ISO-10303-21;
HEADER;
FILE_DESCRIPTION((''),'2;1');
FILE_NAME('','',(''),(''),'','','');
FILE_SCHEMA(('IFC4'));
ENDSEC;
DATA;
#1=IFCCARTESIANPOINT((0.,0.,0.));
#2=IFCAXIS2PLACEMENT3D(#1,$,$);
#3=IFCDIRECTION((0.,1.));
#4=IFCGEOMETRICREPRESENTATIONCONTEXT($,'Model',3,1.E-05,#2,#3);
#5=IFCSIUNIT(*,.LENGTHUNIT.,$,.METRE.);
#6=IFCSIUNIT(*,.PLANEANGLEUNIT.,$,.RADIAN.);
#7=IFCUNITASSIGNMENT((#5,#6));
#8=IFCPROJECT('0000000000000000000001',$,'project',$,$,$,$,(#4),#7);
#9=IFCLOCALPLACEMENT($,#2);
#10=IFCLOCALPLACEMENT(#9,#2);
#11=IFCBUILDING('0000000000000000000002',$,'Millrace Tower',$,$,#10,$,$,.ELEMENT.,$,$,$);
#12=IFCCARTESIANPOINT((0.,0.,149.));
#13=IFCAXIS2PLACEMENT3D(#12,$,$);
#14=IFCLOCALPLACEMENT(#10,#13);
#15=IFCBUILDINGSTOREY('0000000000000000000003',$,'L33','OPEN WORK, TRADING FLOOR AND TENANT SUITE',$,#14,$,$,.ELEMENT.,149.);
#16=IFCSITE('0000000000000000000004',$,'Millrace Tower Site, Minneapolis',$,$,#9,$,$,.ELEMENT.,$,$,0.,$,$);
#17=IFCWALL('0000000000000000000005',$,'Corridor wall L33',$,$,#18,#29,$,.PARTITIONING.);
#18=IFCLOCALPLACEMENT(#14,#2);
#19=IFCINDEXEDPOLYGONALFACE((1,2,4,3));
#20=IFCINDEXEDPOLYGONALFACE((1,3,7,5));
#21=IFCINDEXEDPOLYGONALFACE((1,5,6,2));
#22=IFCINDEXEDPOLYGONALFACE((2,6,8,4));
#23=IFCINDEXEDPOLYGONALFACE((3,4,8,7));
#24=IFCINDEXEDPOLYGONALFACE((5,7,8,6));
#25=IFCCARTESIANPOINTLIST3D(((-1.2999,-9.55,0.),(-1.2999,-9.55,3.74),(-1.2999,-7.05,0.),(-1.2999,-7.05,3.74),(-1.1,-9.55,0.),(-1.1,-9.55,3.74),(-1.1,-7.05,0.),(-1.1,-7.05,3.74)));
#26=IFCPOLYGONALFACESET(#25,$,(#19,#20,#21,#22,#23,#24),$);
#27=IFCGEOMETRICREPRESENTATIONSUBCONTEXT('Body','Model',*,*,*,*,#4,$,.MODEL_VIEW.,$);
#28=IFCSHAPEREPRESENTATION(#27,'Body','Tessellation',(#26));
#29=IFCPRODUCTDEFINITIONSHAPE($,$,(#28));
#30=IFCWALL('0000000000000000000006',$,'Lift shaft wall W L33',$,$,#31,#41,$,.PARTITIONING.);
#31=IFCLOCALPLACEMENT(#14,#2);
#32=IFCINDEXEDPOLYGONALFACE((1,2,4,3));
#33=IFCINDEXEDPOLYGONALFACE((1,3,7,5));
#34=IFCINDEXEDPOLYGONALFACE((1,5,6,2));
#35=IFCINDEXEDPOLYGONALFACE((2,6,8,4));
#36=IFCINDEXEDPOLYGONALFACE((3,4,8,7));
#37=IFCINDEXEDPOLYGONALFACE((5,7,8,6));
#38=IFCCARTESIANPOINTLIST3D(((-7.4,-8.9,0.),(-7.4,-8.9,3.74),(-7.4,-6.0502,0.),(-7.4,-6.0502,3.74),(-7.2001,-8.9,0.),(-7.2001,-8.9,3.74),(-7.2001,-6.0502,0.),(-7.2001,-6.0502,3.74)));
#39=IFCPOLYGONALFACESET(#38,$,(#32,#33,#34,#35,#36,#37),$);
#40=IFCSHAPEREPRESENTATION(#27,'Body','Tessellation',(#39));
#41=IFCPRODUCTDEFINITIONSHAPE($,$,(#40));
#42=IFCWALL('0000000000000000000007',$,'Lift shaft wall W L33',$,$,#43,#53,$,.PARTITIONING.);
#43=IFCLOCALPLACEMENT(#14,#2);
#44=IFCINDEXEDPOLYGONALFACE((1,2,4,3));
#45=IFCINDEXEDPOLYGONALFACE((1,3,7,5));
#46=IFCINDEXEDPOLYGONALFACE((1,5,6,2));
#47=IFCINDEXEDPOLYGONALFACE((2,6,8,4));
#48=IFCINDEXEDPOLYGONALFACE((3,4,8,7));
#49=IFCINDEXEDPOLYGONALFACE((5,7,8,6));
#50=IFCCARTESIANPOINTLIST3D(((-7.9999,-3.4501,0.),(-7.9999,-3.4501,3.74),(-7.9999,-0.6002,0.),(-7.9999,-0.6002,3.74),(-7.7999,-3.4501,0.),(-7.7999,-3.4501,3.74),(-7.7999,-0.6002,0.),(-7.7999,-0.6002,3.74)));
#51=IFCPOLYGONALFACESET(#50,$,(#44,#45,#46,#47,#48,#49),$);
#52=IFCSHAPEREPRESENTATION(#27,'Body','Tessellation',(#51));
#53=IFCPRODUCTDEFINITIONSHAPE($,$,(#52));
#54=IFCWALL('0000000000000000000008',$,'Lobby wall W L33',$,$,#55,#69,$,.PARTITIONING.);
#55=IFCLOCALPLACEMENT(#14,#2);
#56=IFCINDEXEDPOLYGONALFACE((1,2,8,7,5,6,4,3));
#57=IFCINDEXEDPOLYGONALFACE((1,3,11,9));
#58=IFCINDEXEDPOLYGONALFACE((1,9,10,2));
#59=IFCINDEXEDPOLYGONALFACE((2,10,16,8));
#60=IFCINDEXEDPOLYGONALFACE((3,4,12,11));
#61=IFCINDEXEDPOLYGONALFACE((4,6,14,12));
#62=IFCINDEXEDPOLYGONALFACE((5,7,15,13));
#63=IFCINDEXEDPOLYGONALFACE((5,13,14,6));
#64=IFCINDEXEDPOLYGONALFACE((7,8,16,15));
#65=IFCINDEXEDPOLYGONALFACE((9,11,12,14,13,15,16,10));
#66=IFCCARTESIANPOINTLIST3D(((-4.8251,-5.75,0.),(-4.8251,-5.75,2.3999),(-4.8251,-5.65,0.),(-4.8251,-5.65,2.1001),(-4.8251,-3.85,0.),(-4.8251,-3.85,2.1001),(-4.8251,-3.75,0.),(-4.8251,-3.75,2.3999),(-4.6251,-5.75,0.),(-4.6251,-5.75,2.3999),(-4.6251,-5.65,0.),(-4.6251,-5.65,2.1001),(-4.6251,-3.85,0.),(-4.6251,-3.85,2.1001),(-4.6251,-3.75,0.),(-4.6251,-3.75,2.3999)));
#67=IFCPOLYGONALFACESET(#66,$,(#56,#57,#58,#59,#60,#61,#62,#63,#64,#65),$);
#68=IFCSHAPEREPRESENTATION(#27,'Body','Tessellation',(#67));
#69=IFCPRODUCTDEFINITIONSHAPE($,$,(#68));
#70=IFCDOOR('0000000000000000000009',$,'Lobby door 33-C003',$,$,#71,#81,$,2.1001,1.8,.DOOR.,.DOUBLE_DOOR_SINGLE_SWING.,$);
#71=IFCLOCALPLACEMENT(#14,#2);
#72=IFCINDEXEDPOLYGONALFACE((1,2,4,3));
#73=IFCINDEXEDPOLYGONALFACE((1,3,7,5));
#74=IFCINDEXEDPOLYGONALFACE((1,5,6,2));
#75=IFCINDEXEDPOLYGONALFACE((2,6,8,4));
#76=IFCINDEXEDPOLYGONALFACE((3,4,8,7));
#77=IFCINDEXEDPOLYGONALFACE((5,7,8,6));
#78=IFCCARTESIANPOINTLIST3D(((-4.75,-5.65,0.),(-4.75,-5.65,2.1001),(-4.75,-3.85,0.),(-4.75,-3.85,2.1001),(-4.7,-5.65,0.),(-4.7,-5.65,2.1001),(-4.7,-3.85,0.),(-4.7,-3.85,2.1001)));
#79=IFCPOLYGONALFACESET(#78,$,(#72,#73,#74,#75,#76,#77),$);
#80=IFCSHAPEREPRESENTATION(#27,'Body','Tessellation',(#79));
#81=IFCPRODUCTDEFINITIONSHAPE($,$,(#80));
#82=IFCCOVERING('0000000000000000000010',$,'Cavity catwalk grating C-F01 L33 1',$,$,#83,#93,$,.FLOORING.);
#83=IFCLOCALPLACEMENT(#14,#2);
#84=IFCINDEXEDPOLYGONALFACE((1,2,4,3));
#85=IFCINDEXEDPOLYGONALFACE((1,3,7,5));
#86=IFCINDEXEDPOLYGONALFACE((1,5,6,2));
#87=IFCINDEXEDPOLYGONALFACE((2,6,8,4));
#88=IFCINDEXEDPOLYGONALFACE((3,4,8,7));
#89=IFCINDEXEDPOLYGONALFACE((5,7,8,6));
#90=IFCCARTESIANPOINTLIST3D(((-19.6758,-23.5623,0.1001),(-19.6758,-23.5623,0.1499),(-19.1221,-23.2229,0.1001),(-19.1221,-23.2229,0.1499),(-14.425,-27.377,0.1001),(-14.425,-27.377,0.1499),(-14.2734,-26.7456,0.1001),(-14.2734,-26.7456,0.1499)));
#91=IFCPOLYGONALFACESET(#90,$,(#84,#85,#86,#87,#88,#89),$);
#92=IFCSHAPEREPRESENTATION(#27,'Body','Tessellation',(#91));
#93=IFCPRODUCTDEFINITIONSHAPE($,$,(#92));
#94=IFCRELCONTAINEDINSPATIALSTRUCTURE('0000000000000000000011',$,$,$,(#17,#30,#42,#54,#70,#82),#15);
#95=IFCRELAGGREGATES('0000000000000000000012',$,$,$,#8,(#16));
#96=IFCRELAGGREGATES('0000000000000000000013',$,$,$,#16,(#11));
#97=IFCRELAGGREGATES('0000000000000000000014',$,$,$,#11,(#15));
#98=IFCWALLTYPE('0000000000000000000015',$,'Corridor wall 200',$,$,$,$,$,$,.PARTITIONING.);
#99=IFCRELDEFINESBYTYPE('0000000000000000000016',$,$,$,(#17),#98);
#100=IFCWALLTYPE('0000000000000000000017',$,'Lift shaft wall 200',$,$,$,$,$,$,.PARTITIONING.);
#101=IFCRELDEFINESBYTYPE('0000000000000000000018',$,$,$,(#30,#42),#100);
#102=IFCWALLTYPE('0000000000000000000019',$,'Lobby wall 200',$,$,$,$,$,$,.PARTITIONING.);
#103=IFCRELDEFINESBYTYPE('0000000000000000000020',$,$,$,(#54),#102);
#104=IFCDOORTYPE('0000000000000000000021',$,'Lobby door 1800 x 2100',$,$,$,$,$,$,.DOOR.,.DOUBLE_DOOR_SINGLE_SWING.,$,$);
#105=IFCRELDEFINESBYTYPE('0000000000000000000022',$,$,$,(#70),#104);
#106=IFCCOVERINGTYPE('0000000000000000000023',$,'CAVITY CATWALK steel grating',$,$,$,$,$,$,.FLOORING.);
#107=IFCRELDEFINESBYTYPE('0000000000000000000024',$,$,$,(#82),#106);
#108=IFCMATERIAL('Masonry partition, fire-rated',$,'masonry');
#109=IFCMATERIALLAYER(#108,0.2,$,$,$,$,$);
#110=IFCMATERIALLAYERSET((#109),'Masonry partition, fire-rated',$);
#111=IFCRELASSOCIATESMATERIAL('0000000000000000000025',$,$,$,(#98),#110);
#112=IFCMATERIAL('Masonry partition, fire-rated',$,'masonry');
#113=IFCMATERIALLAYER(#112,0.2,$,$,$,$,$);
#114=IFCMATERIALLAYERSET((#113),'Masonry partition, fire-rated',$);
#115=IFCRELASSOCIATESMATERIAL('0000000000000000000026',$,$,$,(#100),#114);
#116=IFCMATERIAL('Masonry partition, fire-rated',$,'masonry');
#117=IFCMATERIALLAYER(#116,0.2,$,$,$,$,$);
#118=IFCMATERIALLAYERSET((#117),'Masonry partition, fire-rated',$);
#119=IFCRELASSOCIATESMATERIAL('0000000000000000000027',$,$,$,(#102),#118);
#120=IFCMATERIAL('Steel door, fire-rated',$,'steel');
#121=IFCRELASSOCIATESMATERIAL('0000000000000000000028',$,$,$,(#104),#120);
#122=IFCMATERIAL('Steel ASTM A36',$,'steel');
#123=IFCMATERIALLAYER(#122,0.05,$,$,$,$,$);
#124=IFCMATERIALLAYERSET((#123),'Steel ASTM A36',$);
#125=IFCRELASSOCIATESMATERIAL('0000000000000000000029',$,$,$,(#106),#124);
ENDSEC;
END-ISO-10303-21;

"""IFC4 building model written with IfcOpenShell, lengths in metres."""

from ifc_helpers import new_model, si_unit, direction, frame, frame_2d, origin, place, context, subcontext, project, spatial, polyline, rectangle, outline, extrude, material, layer, layer_set, type_object, element, fill, save


model = new_model("IFC4")

# Units and contexts
model_context = context("Model", 3, precision=1e-05, world=origin(), true_north=direction((0.0, 1.0)))
body_context = subcontext(model_context, "Body", "Model", "MODEL_VIEW")
ifc_project = project(units=[si_unit("LENGTHUNIT", "METRE"), si_unit("PLANEANGLEUNIT", "RADIAN")], contexts=[model_context])

# Site, building, storey
site_placement = place(None, origin())
site = spatial("IfcSite", under=ifc_project, at=site_placement, Name="Millrace Tower Site, Minneapolis", CompositionType="ELEMENT", RefElevation=0.0)
building_placement = place(site_placement, origin())
building = spatial("IfcBuilding", under=site, at=building_placement, Name="Millrace Tower", CompositionType="ELEMENT")
storey_placement = place(building_placement, frame((0.0, 0.0, 149.0)))
storey = spatial("IfcBuildingStorey", under=building, at=storey_placement, Name="L33", Description="OPEN WORK, TRADING FLOOR AND TENANT SUITE", CompositionType="ELEMENT", Elevation=149.0)

# Shared definitions
ifc_material_1 = material(Name="Masonry partition, fire-rated", Category="masonry")
ifc_layer_1 = layer(ifc_material_1, 0.2)
ifc_layer_set_1 = layer_set([ifc_layer_1], Name="Masonry partition, fire-rated")
wall_type_1 = type_object("IfcWallType", Name="Corridor wall 200", PredefinedType="PARTITIONING", material=ifc_layer_set_1)

# Walls
wall_1_placement = place(storey_placement, frame((-1.2, -9.55, 0.0), z_axis=(0.0, 0.0, 1.0), x_axis=(0.0, 1.0, 0.0)))
element("IfcWall", 1, at=wall_1_placement, inside=storey, type_object=wall_type_1, Name="Corridor wall L33", PredefinedType="PARTITIONING", context=body_context, shape_type="SweptSolid", body=[
    extrude(rectangle(XDim=2.5, YDim=0.2, at=frame_2d((1.25, 0.0))), origin(), (0.0, 0.0, 1.0), 3.74),
])
ifc_material_2 = material(Name="Masonry partition, fire-rated", Category="masonry")
ifc_layer_2 = layer(ifc_material_2, 0.2)
ifc_layer_set_2 = layer_set([ifc_layer_2], Name="Masonry partition, fire-rated")
wall_type_2 = type_object("IfcWallType", Name="Lift shaft wall 200", PredefinedType="PARTITIONING", material=ifc_layer_set_2)
for number, where, z_axis, x_axis, name in (
    (2, (-7.3, -8.8999, 0.0), (0.0, 0.0, 1.0), (0.0, 1.0, 0.0), "Lift shaft wall W L33"),
    (3, (-7.8999, -3.45, 0.0), (0.0, 0.0, 1.0), (0.0, 1.0, 0.0), "Lift shaft wall W L33"),
):
    element("IfcWall", number, at=place(storey_placement, frame(where, z_axis=z_axis, x_axis=x_axis)), inside=storey, type_object=wall_type_2, Name=name, PredefinedType="PARTITIONING", context=body_context, shape_type="SweptSolid", body=[
        extrude(rectangle(XDim=2.8499, YDim=0.2, at=frame_2d((1.4248, 0.0))), origin(), (0.0, 0.0, 1.0), 3.74),
    ])

# Wall, opening, door
ifc_material_3 = material(Name="Masonry partition, fire-rated", Category="masonry")
ifc_layer_3 = layer(ifc_material_3, 0.2)
ifc_layer_set_3 = layer_set([ifc_layer_3], Name="Masonry partition, fire-rated")
wall_type_3 = type_object("IfcWallType", Name="Lobby wall 200", PredefinedType="PARTITIONING", material=ifc_layer_set_3)
wall_2_placement = place(storey_placement, frame((-4.7251, -5.75, 0.0), z_axis=(0.0, 0.0, 1.0), x_axis=(0.0, 1.0, 0.0)))
wall_2 = element("IfcWall", 4, at=wall_2_placement, inside=storey, type_object=wall_type_3, Name="Lobby wall W L33", PredefinedType="PARTITIONING", context=body_context, shape_type="SweptSolid", body=[
    extrude(rectangle(XDim=2.0, YDim=0.2, at=frame_2d((1.0, 0.0))), origin(), (0.0, 0.0, 1.0), 2.3999),
])
opening_1_placement = place(wall_2_placement, frame((0.1001, 0.0, 0.0)))
opening_1 = element("IfcOpeningElement", 5, at=opening_1_placement, cuts=wall_2, PredefinedType="OPENING", context=body_context, shape_type="SweptSolid", body=[
    extrude(rectangle(XDim=1.8, YDim=2.1001, at=frame_2d((0.8999, 1.05))), frame((0.0, 0.1099, 0.0), z_axis=(0.0, -1.0, 0.0), x_axis=(1.0, 0.0, 0.0)), (0.0, 0.0, 1.0), 0.22),
])
ifc_material_4 = material(Name="Steel door, fire-rated", Category="steel")
door_type_1 = type_object("IfcDoorType", Name="Lobby door 1800 x 2100", OperationType="DOUBLE_DOOR_SINGLE_SWING", PredefinedType="DOOR", material=ifc_material_4)
door_1_placement = place(opening_1_placement, origin())
door_1 = element("IfcDoor", 6, at=door_1_placement, inside=storey, type_object=door_type_1, Name="Lobby door 33-C003", OperationType="DOUBLE_DOOR_SINGLE_SWING", OverallHeight=2.1001, OverallWidth=1.8, PredefinedType="DOOR", context=body_context, shape_type="SweptSolid", body=[
    extrude(rectangle(XDim=1.8, YDim=2.1001, at=frame_2d((0.8999, 1.05))), frame((0.0, 0.0249, 0.0), z_axis=(0.0, -1.0, 0.0), x_axis=(1.0, 0.0, 0.0)), (0.0, 0.0, 1.0), 0.05),
])
fill(opening_1, door_1)

# Covering
ifc_material_5 = material(Name="Steel ASTM A36", Category="steel")
ifc_layer_4 = layer(ifc_material_5, 0.05)
ifc_layer_set_4 = layer_set([ifc_layer_4], Name="Steel ASTM A36")
covering_type = type_object("IfcCoveringType", Name="CAVITY CATWALK steel grating", PredefinedType="FLOORING", material=ifc_layer_set_4)
covering_placement = place(storey_placement, frame((0.0, 0.0, 0.1001)))
element("IfcCovering", 7, at=covering_placement, inside=storey, type_object=covering_type, Name="Cavity catwalk grating C-F01 L33 1", PredefinedType="FLOORING", context=body_context, shape_type="SweptSolid", body=[
    extrude(outline(polyline([(-19.6758, -23.5623), (-14.425, -27.377), (-14.2734, -26.7456), (-19.1221, -23.2229), (-19.6758, -23.5623)])), origin(), (0.0, 0.0, 1.0), 0.0498),
])

save(model, "model.ifc")
